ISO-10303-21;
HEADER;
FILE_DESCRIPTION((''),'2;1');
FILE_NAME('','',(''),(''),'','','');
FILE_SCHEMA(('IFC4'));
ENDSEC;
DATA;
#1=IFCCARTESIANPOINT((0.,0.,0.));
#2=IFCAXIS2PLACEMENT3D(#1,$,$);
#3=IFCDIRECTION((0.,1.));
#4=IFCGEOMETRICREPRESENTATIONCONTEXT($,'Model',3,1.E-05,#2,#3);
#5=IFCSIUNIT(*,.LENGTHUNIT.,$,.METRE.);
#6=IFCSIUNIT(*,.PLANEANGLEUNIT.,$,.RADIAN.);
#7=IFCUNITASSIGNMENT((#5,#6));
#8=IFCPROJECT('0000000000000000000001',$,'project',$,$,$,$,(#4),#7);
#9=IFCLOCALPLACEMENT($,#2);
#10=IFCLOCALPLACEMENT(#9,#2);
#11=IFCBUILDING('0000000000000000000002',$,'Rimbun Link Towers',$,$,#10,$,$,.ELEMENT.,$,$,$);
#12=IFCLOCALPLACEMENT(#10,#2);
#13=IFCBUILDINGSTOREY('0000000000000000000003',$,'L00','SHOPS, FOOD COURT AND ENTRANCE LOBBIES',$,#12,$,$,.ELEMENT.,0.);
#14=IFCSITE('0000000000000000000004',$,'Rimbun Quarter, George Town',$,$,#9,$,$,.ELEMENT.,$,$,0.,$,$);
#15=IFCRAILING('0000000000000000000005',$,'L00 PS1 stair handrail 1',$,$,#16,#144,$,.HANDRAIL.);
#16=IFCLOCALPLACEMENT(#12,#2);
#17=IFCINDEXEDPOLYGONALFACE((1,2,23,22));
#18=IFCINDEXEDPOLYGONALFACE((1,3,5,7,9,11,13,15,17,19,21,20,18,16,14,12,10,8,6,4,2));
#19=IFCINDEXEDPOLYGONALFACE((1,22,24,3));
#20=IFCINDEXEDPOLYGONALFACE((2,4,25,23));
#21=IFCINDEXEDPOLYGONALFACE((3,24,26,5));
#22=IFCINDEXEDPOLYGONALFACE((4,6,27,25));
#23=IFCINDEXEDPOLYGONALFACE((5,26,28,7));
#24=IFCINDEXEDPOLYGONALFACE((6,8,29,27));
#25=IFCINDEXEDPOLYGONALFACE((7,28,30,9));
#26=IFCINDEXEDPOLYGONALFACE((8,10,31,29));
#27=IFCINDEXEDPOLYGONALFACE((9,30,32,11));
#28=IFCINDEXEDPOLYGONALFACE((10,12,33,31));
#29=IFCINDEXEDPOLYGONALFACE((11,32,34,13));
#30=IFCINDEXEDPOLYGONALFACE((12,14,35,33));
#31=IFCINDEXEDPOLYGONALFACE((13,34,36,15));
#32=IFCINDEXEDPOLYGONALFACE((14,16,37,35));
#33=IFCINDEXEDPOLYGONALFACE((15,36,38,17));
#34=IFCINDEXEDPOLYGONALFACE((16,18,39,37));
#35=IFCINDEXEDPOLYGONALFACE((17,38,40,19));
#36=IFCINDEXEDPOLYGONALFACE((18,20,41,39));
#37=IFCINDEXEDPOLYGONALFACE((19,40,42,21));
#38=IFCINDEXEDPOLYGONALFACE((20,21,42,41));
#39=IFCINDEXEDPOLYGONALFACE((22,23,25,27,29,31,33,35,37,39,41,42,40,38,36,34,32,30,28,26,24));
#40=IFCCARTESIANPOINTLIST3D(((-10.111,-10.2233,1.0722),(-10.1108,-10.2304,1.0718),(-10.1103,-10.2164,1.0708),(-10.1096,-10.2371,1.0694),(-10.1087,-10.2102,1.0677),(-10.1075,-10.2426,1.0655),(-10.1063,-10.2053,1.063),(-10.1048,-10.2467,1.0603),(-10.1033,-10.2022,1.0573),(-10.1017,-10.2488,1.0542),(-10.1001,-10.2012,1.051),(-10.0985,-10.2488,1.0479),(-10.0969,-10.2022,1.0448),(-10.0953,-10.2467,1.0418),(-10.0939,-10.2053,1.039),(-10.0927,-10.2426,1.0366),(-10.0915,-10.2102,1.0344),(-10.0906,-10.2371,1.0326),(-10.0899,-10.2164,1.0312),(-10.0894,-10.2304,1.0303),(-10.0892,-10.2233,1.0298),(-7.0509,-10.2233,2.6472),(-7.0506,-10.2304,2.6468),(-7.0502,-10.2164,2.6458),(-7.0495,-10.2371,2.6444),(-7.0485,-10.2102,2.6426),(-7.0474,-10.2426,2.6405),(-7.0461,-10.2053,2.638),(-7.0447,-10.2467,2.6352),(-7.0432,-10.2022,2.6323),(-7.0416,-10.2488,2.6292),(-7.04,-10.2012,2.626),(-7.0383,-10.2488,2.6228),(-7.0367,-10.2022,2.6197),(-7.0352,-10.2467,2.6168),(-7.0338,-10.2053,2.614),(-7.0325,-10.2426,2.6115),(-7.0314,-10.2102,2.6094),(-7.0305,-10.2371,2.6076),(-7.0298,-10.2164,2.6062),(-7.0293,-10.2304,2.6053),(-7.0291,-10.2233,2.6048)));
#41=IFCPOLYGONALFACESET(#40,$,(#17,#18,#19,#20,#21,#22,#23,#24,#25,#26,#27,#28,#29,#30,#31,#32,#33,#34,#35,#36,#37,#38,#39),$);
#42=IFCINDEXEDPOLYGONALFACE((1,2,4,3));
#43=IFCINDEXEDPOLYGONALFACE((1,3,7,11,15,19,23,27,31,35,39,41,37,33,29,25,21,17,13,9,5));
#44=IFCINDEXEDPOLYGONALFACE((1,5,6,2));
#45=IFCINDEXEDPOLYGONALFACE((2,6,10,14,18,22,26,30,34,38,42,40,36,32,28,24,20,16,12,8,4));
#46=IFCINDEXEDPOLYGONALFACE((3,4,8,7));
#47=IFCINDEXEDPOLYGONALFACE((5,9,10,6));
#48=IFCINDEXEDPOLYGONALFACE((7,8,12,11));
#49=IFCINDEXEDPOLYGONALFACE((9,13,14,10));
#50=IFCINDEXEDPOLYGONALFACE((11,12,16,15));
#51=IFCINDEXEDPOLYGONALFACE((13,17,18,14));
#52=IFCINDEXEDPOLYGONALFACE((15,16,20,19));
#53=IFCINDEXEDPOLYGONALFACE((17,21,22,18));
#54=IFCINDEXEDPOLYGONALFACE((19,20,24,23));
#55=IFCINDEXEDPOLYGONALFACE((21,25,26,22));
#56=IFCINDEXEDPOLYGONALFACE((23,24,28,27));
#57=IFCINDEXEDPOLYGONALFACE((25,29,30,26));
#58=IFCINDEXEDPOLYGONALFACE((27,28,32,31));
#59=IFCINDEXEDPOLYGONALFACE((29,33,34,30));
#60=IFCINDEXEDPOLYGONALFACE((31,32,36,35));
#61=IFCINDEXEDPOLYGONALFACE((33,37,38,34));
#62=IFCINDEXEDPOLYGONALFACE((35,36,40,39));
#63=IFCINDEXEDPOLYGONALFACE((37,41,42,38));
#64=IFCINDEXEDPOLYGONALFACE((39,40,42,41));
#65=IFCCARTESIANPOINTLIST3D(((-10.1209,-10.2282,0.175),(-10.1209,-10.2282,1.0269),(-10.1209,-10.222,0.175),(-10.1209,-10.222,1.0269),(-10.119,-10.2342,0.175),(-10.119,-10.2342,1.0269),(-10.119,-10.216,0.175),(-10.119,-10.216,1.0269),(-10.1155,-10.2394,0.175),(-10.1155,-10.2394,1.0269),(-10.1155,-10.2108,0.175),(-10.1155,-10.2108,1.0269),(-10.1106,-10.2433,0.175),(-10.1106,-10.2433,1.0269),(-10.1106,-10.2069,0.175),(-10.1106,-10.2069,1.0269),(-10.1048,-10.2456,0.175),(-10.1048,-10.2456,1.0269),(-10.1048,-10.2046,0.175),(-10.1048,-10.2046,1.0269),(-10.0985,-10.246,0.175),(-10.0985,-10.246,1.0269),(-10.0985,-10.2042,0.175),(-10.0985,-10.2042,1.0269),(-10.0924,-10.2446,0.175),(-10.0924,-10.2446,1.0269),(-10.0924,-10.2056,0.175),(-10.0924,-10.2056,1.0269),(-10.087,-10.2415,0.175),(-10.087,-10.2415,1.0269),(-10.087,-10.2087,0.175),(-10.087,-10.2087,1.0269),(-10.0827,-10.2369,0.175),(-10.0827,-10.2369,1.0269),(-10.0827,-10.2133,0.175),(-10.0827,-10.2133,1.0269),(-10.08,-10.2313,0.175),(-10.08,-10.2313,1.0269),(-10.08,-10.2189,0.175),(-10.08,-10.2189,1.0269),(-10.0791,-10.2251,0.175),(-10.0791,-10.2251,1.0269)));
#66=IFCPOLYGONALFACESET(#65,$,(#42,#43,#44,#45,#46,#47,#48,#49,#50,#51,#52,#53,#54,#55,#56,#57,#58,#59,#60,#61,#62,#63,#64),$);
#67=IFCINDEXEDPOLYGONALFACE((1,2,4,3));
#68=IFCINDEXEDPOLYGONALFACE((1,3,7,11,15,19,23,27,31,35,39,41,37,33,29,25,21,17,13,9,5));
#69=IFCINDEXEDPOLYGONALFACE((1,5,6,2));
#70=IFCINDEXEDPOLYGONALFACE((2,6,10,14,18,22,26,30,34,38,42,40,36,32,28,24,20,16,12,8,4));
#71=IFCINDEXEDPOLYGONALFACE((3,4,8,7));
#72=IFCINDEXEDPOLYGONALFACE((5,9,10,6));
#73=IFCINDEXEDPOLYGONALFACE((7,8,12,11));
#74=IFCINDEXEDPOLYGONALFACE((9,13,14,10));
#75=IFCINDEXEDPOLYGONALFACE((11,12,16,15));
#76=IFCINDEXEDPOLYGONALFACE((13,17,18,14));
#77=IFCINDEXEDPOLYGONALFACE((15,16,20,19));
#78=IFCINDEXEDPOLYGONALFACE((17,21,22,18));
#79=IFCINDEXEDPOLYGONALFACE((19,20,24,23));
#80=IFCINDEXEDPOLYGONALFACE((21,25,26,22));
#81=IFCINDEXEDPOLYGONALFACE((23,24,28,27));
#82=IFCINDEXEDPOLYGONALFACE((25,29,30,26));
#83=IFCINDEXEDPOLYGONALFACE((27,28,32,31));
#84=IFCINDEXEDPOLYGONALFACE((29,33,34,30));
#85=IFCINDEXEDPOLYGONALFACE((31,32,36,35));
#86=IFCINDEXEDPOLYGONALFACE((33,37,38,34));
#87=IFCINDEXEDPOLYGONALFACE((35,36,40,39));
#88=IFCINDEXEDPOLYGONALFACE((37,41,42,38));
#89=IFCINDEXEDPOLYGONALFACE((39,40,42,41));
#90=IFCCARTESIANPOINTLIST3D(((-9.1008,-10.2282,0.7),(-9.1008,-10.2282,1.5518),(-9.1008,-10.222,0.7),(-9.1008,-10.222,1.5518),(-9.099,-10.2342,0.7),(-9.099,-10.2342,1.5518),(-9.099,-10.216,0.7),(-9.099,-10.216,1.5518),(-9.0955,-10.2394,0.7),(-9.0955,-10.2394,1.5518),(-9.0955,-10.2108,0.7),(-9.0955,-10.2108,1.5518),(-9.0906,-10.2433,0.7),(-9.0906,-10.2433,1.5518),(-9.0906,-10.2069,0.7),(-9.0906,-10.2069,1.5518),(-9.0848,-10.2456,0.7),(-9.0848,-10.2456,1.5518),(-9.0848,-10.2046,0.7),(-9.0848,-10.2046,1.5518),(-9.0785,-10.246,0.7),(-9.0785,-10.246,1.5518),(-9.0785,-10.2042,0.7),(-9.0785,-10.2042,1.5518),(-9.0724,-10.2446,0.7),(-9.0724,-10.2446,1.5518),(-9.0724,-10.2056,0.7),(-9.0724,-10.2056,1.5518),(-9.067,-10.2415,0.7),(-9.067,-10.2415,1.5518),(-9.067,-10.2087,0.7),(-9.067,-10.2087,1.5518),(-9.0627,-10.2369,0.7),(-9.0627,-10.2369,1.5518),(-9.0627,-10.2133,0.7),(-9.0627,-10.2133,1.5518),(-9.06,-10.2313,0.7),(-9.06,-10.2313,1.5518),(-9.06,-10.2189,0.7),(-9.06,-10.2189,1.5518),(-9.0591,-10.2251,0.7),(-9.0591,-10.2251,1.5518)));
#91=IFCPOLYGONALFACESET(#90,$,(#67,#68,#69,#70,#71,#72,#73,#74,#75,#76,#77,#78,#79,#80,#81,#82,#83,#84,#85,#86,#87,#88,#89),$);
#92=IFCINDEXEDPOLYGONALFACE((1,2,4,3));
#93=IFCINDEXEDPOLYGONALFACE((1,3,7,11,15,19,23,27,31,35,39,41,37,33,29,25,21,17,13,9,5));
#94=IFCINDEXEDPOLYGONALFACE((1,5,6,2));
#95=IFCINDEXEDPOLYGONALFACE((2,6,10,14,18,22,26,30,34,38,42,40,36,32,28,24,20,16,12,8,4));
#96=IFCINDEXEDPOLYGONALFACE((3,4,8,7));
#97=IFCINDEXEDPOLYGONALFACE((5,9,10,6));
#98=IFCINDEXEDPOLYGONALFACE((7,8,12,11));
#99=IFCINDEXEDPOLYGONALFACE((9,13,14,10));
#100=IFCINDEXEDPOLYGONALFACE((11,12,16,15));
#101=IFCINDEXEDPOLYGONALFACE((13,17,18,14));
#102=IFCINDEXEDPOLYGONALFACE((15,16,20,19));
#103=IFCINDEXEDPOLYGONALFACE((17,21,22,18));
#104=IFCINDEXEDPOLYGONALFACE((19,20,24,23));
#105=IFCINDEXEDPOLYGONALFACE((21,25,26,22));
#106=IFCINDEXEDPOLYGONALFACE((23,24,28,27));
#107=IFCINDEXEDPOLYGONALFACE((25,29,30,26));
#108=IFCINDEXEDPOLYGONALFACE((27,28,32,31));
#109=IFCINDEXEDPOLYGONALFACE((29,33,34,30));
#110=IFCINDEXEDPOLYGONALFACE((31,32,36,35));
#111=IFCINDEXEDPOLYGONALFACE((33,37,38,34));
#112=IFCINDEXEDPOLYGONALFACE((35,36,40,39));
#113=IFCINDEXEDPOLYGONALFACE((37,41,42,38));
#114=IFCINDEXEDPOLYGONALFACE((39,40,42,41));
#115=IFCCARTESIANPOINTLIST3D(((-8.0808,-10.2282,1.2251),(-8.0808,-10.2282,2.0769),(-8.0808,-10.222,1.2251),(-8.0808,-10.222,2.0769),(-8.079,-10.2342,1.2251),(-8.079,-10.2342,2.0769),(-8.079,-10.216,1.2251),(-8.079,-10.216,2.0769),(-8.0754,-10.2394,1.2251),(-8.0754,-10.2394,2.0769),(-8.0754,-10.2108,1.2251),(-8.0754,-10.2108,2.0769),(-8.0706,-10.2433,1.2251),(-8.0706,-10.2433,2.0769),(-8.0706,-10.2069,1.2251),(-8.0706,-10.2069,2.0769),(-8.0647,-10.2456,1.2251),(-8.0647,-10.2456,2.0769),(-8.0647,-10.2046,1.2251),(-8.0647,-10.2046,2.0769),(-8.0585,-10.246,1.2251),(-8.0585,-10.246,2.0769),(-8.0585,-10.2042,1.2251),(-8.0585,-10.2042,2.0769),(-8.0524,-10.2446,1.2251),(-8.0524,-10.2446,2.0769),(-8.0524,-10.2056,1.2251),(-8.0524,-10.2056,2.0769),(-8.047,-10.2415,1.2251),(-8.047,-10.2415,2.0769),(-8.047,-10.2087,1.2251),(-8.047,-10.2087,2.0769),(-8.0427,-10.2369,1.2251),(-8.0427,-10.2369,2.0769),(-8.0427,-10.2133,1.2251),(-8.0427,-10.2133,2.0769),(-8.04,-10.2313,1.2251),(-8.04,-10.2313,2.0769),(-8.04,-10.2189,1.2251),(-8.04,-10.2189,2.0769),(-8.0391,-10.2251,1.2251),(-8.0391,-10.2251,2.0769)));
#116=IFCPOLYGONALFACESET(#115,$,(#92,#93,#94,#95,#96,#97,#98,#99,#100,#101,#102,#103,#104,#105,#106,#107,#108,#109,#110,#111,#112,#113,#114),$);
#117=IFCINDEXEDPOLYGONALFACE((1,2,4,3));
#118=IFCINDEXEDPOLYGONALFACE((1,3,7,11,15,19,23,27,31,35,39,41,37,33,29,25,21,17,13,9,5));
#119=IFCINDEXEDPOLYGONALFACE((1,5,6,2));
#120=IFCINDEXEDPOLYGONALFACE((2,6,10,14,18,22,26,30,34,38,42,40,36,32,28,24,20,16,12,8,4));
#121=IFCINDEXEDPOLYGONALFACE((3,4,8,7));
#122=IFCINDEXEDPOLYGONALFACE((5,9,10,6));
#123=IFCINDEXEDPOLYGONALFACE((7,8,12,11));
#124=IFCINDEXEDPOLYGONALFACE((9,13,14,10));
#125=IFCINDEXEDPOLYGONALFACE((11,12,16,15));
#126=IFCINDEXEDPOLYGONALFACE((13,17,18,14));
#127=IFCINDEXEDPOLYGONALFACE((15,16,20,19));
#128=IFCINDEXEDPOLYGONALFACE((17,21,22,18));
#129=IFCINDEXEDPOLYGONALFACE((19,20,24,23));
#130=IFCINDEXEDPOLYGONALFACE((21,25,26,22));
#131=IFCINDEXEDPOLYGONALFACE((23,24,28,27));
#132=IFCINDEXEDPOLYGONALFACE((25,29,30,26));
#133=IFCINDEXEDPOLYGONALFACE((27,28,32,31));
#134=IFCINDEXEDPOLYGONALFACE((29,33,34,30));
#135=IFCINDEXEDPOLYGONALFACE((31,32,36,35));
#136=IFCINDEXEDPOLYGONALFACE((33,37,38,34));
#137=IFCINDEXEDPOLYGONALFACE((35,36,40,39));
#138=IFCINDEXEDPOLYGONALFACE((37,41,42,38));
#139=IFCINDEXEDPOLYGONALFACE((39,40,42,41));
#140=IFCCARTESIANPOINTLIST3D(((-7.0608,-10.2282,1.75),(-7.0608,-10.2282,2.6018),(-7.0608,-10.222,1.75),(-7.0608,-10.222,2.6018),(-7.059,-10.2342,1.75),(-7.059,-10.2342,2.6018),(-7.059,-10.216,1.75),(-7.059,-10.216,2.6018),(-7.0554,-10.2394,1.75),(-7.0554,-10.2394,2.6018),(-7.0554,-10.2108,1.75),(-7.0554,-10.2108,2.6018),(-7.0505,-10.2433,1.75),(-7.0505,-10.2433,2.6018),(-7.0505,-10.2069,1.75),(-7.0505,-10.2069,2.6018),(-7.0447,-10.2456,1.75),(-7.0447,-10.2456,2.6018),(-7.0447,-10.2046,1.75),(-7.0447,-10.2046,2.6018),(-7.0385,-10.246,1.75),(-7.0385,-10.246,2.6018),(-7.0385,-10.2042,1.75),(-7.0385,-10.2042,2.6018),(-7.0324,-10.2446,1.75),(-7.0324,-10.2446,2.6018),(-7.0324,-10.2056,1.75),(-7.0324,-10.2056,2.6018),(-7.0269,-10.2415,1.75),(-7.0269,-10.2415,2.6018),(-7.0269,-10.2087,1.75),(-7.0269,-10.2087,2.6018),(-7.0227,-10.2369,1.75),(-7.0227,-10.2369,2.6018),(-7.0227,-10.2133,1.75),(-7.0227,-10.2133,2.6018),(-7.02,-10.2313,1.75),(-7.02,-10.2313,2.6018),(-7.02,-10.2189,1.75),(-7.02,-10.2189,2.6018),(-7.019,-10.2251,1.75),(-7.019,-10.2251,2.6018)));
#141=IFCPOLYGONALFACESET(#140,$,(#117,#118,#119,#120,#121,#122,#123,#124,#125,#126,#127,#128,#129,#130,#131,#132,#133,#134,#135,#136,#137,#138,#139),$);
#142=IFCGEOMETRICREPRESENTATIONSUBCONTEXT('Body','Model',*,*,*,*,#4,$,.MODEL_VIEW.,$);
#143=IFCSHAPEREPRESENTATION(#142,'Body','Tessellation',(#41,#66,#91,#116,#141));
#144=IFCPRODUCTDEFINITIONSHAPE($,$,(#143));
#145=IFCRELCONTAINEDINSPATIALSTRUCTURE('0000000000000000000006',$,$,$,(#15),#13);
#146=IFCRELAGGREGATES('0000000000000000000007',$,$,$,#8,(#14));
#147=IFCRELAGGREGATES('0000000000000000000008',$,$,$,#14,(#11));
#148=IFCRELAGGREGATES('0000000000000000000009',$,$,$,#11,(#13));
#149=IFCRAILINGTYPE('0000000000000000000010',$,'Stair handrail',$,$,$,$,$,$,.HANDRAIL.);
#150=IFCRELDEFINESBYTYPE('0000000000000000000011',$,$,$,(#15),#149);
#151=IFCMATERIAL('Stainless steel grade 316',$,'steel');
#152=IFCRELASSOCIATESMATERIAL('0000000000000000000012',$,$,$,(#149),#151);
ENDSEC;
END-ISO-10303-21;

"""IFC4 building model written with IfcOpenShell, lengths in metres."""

from ifc_helpers import new_model, si_unit, direction, frame, origin, origin_2d, place, context, subcontext, project, spatial, circle, extrude, material, type_object, element, save


model = new_model("IFC4")

# Units and contexts
model_context = context("Model", 3, precision=1e-05, world=origin(), true_north=direction((0.0, 1.0)))
body_context = subcontext(model_context, "Body", "Model", "MODEL_VIEW")
ifc_project = project(units=[si_unit("LENGTHUNIT", "METRE"), si_unit("PLANEANGLEUNIT", "RADIAN")], contexts=[model_context])

# Site, building, storey
site_placement = place(None, origin())
site = spatial("IfcSite", under=ifc_project, at=site_placement, Name="Rimbun Quarter, George Town", CompositionType="ELEMENT", RefElevation=0.0)
building_placement = place(site_placement, origin())
building = spatial("IfcBuilding", under=site, at=building_placement, Name="Rimbun Link Towers", CompositionType="ELEMENT")
storey_placement = place(building_placement, origin())
storey = spatial("IfcBuildingStorey", under=building, at=storey_placement, Name="L00", Description="SHOPS, FOOD COURT AND ENTRANCE LOBBIES", CompositionType="ELEMENT", Elevation=0.0)

# Railing
ifc_material_1 = material(Name="Stainless steel grade 316", Category="steel")
railing_type_1 = type_object("IfcRailingType", Name="Stair handrail", PredefinedType="HANDRAIL", material=ifc_material_1)
railing_1_placement = place(storey_placement, frame((-10.1001, -10.2251, 0.175)))
element("IfcRailing", 1, at=railing_1_placement, inside=storey, type_object=railing_type_1, Name="L00 PS1 stair handrail 1", PredefinedType="HANDRAIL", context=body_context, shape_type="SweptSolid", body=[
    extrude(circle(Radius=0.0239, at=origin_2d()), frame((0.0, 0.0, 0.876), z_axis=(0.889145, 0.0, 0.457625), x_axis=(0.0, 1.0, 0.0)), (0.0, 0.0, 1.0), 3.4417),
    extrude(circle(Radius=0.021, at=origin_2d()), origin(), (0.0, 0.0, 1.0), 0.8518),
    extrude(circle(Radius=0.021, at=origin_2d()), frame((1.02, 0.0, 0.5249)), (0.0, 0.0, 1.0), 0.8518),
    extrude(circle(Radius=0.021, at=origin_2d()), frame((2.04, 0.0, 1.05)), (0.0, 0.0, 1.0), 0.8518),
    extrude(circle(Radius=0.021, at=origin_2d()), frame((3.0601, 0.0, 1.575)), (0.0, 0.0, 1.0), 0.8518),
])

save(model, "model.ifc")
